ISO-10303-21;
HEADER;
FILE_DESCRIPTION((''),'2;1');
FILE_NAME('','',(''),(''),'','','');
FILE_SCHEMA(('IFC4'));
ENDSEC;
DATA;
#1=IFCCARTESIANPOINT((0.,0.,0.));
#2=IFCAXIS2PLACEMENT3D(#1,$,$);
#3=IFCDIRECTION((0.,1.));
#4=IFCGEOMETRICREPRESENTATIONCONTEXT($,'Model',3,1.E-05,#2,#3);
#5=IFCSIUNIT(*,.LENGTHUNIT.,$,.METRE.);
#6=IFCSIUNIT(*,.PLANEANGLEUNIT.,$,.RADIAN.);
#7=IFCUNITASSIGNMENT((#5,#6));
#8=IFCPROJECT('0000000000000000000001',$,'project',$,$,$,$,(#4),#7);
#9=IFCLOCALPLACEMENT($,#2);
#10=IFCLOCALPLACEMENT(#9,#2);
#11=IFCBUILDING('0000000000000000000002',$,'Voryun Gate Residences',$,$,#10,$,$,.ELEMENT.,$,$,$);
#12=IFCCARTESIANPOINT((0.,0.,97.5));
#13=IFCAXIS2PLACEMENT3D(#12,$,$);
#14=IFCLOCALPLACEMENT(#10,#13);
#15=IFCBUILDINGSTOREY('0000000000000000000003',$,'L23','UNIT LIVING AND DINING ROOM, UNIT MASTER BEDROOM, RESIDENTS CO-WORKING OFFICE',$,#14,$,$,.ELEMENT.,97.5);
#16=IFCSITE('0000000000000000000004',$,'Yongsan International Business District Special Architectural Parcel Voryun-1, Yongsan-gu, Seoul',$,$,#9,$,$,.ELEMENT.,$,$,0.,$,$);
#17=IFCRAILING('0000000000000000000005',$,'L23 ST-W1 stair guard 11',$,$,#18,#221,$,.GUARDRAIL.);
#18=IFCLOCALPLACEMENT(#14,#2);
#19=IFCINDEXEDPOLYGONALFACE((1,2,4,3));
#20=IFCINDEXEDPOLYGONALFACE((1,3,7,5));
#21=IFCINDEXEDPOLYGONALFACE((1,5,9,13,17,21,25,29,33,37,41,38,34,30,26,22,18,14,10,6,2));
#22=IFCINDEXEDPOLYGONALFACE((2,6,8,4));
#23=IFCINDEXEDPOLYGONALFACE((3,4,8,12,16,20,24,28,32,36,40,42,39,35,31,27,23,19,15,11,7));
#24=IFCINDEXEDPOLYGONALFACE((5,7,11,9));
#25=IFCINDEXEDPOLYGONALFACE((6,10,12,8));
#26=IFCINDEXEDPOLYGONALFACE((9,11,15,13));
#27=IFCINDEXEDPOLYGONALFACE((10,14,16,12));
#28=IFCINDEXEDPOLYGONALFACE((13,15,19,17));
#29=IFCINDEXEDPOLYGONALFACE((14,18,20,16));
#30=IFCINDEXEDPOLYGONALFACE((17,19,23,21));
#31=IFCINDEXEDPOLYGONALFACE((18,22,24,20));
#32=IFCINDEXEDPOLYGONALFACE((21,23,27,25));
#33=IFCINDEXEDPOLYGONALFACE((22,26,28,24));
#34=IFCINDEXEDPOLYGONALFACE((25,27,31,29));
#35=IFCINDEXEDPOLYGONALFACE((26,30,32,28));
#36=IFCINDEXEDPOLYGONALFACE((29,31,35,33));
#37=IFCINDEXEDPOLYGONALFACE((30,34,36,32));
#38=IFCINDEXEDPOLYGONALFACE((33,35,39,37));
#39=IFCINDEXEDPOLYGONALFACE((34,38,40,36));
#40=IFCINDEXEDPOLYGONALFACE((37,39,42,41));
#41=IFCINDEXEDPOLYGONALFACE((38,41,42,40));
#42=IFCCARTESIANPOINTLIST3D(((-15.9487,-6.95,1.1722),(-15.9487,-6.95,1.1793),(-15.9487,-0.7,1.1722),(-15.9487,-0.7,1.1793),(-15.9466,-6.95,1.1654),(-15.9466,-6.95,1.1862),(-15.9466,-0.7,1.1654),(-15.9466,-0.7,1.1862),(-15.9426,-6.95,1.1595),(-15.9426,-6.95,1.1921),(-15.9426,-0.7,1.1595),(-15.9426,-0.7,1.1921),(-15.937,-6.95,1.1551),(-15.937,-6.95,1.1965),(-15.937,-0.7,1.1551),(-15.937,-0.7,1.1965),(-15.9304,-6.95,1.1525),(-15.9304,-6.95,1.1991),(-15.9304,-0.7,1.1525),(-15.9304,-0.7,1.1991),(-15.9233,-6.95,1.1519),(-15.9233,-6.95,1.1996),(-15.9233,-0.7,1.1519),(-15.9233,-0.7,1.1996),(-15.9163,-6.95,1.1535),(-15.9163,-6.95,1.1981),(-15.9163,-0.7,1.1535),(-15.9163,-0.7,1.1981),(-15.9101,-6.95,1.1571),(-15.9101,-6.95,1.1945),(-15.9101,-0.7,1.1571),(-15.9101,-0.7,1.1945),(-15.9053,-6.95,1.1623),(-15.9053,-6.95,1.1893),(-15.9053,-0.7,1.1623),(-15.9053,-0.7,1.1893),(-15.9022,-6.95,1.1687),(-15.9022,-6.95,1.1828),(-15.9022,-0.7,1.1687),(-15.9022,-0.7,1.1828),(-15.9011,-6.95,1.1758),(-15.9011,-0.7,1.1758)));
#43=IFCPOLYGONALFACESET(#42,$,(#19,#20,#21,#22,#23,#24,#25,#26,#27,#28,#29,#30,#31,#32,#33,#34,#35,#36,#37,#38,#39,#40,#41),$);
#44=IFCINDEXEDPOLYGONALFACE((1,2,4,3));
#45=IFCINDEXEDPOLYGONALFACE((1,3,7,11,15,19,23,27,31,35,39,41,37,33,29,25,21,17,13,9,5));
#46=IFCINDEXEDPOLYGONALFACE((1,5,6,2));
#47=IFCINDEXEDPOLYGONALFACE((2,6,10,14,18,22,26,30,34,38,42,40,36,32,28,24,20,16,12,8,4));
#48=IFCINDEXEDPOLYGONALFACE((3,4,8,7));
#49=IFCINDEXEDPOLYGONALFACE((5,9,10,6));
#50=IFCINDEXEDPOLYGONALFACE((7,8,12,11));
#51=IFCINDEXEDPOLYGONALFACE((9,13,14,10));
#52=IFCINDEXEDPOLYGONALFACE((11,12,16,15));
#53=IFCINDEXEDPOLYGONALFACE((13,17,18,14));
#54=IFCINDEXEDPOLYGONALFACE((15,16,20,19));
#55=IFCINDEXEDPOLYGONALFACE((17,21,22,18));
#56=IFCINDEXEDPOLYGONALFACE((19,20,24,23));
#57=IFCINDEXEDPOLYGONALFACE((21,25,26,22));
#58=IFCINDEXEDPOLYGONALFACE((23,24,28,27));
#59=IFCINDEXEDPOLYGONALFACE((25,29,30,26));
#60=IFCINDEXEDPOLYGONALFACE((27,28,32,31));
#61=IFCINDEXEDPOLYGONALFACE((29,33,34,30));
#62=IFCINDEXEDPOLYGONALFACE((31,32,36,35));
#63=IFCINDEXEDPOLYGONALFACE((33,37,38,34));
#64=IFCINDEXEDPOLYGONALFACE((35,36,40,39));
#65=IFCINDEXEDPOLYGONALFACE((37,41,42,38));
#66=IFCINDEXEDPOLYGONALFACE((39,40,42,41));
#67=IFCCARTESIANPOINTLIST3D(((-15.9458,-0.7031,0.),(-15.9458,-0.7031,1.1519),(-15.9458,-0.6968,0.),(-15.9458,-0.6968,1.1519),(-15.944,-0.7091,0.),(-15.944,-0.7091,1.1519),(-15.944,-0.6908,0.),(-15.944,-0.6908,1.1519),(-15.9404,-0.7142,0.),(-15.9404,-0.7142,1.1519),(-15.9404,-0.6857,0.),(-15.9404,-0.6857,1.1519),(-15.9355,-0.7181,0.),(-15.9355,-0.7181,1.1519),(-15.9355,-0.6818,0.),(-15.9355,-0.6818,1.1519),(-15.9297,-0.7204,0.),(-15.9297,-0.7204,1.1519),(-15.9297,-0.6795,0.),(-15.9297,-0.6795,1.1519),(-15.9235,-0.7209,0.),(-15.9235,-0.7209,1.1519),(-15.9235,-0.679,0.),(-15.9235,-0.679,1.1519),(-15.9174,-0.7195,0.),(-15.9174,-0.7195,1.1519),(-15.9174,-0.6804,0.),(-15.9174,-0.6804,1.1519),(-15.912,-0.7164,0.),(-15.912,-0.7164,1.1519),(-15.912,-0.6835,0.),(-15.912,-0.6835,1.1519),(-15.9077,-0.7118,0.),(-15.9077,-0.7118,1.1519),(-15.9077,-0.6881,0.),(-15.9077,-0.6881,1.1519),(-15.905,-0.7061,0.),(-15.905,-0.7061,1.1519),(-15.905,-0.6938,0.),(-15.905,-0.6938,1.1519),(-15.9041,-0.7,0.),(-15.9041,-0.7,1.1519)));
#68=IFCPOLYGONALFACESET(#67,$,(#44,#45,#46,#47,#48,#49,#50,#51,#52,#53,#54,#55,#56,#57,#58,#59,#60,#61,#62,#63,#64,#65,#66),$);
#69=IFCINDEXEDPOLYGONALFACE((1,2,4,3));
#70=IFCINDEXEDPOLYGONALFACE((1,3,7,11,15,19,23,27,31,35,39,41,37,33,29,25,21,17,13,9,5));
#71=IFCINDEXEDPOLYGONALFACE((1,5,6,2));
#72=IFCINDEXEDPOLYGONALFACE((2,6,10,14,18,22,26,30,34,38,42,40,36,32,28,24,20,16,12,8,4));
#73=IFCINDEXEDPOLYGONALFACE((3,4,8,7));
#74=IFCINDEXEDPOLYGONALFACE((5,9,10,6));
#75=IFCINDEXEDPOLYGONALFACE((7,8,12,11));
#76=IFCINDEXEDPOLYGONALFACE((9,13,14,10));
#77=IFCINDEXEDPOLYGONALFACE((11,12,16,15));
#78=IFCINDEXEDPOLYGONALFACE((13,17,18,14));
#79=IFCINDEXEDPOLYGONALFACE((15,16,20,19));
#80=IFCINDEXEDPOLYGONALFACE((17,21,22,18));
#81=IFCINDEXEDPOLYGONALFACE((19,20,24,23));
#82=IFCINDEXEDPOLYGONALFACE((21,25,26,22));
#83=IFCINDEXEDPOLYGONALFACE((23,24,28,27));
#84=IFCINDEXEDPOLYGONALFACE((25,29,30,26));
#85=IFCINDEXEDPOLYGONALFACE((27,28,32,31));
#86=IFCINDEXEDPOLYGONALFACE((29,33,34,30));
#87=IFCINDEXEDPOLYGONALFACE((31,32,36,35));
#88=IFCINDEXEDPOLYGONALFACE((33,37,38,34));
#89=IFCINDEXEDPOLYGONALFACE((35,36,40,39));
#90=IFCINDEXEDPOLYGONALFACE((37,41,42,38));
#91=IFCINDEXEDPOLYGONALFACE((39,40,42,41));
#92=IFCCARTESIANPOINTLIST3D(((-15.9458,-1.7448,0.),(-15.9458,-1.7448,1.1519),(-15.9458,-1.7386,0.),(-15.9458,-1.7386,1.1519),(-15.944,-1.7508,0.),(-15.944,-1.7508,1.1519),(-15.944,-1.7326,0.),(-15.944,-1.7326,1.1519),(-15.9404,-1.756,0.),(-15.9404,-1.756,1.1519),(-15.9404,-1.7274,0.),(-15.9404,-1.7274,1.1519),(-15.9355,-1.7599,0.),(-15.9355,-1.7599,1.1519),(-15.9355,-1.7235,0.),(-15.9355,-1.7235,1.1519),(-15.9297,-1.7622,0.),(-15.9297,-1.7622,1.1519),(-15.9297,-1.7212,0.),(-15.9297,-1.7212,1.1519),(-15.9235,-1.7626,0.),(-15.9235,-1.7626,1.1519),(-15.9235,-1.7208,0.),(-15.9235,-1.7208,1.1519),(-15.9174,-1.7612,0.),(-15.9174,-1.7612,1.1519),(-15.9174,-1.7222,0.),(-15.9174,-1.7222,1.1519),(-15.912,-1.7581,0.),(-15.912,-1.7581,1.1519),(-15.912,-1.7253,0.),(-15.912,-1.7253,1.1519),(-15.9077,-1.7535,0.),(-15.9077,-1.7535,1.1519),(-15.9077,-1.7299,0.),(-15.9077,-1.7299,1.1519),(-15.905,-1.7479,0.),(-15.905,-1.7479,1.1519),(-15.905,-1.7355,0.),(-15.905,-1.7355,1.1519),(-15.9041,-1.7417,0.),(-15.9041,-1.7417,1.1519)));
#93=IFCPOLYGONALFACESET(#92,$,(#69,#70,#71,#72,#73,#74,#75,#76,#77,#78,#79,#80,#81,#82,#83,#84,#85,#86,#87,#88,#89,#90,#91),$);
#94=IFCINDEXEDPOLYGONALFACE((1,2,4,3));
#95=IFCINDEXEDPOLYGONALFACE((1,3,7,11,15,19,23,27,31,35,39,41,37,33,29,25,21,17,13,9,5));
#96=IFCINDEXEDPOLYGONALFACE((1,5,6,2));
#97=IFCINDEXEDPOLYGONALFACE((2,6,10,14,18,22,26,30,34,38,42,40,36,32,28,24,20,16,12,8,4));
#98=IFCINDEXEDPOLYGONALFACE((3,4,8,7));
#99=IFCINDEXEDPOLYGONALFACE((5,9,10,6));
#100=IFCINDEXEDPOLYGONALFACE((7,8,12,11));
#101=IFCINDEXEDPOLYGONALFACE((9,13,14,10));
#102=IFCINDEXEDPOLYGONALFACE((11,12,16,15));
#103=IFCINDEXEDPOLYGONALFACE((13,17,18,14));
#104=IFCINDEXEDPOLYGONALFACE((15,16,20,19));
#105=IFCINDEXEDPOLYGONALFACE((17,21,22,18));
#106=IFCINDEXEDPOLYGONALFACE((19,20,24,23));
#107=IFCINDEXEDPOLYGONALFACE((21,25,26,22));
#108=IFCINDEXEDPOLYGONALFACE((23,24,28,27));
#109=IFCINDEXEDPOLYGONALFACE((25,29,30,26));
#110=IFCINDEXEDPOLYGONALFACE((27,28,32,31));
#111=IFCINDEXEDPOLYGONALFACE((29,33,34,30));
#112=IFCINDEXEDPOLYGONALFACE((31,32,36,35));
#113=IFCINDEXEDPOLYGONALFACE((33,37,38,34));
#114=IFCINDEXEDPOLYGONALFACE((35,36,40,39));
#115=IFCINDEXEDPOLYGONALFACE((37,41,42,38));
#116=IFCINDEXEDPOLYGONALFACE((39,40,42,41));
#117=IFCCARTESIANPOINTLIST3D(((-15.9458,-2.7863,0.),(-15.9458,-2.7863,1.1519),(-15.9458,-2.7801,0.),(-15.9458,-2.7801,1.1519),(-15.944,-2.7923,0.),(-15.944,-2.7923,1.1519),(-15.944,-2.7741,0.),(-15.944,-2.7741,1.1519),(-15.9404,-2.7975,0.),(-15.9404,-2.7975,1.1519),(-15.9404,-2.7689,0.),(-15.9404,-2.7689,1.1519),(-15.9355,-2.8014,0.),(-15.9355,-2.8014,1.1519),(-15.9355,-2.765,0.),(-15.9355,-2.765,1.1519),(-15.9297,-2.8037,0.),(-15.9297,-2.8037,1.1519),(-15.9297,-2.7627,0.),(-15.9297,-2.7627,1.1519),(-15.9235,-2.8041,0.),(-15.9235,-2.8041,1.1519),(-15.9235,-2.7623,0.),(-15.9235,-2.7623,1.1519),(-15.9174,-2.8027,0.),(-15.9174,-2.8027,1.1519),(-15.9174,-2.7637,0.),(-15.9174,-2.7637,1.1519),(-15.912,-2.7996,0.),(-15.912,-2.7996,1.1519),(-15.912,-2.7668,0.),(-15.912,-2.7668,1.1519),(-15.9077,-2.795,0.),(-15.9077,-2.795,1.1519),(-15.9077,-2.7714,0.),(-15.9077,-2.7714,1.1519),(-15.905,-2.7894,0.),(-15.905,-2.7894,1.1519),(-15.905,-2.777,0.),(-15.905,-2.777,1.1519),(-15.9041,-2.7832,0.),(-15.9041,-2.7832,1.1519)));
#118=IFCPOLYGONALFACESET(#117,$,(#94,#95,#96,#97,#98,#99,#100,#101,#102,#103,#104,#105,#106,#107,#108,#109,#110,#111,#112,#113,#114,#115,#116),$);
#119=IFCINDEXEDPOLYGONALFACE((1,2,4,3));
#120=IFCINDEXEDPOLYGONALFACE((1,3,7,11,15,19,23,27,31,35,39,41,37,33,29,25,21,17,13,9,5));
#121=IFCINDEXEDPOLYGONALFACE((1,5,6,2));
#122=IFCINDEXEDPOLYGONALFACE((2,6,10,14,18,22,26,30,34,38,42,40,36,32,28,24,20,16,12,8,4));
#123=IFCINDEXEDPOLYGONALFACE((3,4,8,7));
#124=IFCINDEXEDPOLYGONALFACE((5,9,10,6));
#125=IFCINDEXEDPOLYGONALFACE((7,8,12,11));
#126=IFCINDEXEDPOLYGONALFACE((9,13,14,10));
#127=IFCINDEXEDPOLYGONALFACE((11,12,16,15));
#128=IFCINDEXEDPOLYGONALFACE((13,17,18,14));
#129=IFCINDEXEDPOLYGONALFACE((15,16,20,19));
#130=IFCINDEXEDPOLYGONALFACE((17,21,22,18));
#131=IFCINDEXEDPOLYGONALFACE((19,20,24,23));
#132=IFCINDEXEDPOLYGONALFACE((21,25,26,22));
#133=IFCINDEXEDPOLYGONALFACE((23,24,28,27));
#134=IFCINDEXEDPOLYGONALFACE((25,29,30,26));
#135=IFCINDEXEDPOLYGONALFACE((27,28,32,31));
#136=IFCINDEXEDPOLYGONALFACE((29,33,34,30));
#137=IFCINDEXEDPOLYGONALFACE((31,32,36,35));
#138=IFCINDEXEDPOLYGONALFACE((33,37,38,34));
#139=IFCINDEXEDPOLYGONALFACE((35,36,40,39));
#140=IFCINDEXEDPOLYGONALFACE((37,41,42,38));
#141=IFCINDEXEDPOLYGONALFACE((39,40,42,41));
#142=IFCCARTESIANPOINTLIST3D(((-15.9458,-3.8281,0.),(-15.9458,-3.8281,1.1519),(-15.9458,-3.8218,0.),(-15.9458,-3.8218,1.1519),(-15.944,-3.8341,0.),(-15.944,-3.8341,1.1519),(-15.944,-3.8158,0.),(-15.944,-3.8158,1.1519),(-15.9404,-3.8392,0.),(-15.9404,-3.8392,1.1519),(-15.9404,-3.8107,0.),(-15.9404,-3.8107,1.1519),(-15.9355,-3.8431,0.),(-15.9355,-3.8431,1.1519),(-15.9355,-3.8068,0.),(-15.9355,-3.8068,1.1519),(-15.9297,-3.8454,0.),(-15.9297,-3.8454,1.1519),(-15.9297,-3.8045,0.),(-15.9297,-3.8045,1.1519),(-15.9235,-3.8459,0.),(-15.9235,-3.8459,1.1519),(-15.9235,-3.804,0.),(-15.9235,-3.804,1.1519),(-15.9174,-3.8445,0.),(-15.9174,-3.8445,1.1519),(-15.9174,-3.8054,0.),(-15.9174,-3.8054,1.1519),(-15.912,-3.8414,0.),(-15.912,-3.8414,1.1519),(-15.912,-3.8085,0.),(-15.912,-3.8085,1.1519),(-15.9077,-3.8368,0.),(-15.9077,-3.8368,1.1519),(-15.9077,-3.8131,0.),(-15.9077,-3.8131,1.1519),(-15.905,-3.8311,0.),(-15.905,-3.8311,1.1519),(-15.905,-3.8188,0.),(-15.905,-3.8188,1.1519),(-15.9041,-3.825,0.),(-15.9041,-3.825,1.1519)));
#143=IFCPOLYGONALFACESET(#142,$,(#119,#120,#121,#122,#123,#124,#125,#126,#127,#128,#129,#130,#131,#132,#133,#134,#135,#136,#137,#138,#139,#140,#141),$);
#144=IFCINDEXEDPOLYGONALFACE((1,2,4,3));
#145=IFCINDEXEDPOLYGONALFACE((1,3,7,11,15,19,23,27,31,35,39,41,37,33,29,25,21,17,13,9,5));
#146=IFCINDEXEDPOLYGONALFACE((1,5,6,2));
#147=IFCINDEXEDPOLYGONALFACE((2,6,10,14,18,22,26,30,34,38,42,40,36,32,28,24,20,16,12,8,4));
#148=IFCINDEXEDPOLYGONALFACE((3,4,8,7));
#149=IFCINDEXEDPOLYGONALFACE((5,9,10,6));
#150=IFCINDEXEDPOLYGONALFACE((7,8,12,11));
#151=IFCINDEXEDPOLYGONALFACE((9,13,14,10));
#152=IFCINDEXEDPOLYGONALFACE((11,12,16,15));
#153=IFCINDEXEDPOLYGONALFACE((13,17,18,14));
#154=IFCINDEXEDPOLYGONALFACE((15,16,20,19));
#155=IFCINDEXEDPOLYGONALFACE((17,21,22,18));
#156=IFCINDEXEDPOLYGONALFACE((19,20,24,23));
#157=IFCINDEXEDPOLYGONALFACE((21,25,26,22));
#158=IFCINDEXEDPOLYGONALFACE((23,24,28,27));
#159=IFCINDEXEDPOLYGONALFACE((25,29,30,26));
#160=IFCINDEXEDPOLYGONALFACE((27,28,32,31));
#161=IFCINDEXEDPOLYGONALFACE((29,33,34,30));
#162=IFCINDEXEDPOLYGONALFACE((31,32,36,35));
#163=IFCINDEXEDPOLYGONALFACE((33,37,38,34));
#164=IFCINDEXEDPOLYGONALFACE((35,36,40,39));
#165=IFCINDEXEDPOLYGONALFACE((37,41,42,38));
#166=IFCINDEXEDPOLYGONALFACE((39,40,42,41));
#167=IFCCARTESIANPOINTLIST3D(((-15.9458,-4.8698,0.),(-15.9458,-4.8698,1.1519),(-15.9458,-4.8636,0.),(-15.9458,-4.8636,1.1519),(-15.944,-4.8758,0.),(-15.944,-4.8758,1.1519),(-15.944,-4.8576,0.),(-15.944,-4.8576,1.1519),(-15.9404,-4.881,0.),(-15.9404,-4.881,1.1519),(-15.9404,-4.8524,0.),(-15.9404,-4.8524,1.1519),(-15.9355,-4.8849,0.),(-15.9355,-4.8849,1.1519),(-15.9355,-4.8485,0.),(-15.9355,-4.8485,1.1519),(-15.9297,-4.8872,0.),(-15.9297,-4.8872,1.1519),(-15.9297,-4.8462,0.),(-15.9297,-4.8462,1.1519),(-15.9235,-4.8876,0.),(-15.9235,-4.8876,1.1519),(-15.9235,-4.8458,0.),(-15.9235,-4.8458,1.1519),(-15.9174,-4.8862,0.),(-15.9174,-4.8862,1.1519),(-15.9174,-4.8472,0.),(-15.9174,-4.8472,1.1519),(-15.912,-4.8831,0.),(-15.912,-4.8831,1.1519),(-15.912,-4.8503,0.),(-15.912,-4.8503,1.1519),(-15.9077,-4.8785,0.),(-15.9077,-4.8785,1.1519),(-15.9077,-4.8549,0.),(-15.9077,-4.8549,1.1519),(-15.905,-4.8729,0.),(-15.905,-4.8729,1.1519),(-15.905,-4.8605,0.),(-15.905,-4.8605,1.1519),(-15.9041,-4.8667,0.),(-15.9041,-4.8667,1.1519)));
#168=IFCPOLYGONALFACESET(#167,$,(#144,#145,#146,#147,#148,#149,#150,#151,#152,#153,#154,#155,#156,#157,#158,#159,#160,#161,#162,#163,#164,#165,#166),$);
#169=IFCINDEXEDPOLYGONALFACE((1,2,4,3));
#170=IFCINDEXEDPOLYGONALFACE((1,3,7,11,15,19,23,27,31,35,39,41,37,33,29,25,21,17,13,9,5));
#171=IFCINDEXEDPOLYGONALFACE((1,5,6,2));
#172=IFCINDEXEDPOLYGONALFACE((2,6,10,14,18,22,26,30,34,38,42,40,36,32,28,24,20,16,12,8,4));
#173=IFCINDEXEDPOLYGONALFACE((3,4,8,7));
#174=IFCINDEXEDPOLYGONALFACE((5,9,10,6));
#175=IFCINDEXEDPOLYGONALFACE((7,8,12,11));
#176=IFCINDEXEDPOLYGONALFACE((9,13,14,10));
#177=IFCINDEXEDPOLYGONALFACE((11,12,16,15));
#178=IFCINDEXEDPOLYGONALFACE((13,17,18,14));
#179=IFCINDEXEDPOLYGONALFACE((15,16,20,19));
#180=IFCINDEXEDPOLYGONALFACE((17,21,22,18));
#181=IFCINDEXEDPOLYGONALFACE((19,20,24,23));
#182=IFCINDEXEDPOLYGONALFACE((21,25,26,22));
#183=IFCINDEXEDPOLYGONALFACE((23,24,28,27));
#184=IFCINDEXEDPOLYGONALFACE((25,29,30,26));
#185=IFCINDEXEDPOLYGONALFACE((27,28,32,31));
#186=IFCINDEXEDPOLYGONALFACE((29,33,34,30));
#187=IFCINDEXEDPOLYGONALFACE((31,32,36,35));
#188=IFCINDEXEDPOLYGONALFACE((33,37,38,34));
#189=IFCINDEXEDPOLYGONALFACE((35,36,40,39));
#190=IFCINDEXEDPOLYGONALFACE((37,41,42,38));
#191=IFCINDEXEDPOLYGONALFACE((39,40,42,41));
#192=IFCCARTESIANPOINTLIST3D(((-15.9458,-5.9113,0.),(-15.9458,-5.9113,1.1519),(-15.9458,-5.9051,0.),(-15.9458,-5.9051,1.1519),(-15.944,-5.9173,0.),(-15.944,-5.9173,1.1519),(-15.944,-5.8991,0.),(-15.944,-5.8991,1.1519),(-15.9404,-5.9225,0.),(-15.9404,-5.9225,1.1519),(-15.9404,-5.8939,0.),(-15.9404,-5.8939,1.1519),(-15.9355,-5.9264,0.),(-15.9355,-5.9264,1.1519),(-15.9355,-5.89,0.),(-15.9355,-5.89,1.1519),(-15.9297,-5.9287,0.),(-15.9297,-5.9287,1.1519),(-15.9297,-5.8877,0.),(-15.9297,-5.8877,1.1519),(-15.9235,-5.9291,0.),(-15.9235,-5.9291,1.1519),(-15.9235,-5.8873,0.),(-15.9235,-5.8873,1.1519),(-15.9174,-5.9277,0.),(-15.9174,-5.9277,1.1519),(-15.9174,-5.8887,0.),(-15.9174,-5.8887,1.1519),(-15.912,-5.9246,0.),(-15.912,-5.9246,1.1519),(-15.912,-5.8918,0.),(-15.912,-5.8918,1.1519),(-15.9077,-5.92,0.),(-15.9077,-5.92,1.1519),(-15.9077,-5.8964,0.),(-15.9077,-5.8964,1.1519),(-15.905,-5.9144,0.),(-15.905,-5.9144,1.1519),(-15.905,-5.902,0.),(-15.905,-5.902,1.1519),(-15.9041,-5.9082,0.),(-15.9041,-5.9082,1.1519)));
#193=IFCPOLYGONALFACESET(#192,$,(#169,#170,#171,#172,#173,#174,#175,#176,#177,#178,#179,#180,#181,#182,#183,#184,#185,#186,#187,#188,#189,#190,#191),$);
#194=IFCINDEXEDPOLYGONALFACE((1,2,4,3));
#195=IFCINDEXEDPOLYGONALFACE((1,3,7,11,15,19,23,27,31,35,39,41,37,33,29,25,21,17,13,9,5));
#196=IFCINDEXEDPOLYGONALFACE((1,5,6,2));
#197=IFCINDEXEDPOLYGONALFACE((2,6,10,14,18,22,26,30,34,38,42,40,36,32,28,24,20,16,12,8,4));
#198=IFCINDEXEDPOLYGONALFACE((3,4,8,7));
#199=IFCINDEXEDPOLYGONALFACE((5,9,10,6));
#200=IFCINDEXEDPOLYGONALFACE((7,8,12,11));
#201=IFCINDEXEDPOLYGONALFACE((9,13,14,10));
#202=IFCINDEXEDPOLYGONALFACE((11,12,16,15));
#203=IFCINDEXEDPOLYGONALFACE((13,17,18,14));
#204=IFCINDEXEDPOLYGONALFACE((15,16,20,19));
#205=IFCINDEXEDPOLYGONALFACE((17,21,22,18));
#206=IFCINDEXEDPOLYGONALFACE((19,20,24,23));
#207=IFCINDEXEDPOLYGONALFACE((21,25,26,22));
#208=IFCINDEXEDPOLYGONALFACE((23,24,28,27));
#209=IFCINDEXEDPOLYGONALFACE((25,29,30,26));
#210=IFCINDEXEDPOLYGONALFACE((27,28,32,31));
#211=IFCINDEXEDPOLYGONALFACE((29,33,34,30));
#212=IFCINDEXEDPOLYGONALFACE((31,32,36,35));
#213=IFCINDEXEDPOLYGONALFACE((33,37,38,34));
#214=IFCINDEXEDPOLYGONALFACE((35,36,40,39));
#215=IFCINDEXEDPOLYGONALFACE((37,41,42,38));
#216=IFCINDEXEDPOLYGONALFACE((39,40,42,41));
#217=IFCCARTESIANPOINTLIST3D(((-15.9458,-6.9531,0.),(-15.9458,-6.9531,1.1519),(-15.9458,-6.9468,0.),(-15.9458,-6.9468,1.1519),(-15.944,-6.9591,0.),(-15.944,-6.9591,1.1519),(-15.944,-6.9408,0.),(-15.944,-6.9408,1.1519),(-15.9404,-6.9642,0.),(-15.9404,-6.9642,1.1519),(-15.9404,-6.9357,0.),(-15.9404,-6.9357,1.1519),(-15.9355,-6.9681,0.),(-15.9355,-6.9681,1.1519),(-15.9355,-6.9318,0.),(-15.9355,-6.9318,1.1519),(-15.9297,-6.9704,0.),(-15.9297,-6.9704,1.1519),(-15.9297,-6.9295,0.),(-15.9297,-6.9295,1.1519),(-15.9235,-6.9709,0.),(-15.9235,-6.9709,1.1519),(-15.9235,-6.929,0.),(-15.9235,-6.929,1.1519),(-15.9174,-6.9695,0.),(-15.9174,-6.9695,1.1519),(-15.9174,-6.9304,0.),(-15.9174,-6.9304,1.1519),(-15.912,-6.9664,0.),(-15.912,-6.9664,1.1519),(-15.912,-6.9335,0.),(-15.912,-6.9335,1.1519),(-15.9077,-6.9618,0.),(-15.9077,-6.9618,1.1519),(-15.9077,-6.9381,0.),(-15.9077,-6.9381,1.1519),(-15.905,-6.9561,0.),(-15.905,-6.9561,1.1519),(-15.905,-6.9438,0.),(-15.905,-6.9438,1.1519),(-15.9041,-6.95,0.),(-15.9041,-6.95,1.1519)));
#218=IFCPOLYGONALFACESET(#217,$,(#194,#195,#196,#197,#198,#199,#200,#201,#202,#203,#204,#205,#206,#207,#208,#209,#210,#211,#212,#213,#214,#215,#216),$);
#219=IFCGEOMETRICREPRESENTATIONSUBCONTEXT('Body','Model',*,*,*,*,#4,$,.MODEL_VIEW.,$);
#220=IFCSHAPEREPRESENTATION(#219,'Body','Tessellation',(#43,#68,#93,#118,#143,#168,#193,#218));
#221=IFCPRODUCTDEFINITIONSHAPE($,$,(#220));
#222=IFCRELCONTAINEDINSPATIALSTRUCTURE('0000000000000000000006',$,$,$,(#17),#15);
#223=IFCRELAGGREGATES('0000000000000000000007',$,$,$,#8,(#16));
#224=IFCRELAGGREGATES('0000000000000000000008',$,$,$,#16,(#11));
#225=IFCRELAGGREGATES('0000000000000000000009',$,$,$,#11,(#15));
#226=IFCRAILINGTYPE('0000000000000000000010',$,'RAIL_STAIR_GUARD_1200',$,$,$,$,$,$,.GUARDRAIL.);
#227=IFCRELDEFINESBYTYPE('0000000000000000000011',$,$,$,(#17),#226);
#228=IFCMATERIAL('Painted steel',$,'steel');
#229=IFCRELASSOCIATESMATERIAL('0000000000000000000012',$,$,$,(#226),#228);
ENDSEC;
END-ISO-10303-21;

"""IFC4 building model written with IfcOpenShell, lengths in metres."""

from ifc_helpers import new_model, si_unit, direction, frame, origin, origin_2d, place, context, subcontext, project, spatial, circle, extrude, material, type_object, element, save


model = new_model("IFC4")

# Units and contexts
model_context = context("Model", 3, precision=1e-05, world=origin(), true_north=direction((0.0, 1.0)))
body_context = subcontext(model_context, "Body", "Model", "MODEL_VIEW")
ifc_project = project(units=[si_unit("LENGTHUNIT", "METRE"), si_unit("PLANEANGLEUNIT", "RADIAN")], contexts=[model_context])

# Site, building, storey
site_placement = place(None, origin())
site = spatial("IfcSite", under=ifc_project, at=site_placement, Name="Yongsan International Business District Special Architectural Parcel Voryun-1, Yongsan-gu, Seoul", CompositionType="ELEMENT", RefElevation=0.0)
building_placement = place(site_placement, origin())
building = spatial("IfcBuilding", under=site, at=building_placement, Name="Voryun Gate Residences", CompositionType="ELEMENT")
storey_placement = place(building_placement, frame((0.0, 0.0, 97.5)))
storey = spatial("IfcBuildingStorey", under=building, at=storey_placement, Name="L23", Description="UNIT LIVING AND DINING ROOM, UNIT MASTER BEDROOM, RESIDENTS CO-WORKING OFFICE", CompositionType="ELEMENT", Elevation=97.5)

# Railing
ifc_material_1 = material(Name="Painted steel", Category="steel")
railing_type = type_object("IfcRailingType", Name="RAIL_STAIR_GUARD_1200", PredefinedType="GUARDRAIL", material=ifc_material_1)
railing_1_placement = place(storey_placement, frame((-15.925, -0.7, 0.0)))
element("IfcRailing", 1, at=railing_1_placement, inside=storey, type_object=railing_type, Name="L23 ST-W1 stair guard 11", PredefinedType="GUARDRAIL", context=body_context, shape_type="SweptSolid", body=[
    extrude(circle(Radius=0.0239, at=origin_2d()), frame((0.0, 0.0, 1.1758), z_axis=(0.0, -1.0, 0.0), x_axis=(1.0, 0.0, 0.0)), (0.0, 0.0, 1.0), 6.25),
    extrude(circle(Radius=0.021, at=origin_2d()), origin(), (0.0, 0.0, 1.0), 1.1519),
    extrude(circle(Radius=0.021, at=origin_2d()), frame((0.0, -1.0417, 0.0)), (0.0, 0.0, 1.0), 1.1519),
    extrude(circle(Radius=0.021, at=origin_2d()), frame((0.0, -2.0833, 0.0)), (0.0, 0.0, 1.0), 1.1519),
    extrude(circle(Radius=0.021, at=origin_2d()), frame((0.0, -3.125, 0.0)), (0.0, 0.0, 1.0), 1.1519),
    extrude(circle(Radius=0.021, at=origin_2d()), frame((0.0, -4.1667, 0.0)), (0.0, 0.0, 1.0), 1.1519),
    extrude(circle(Radius=0.021, at=origin_2d()), frame((0.0, -5.2083, 0.0)), (0.0, 0.0, 1.0), 1.1519),
    extrude(circle(Radius=0.021, at=origin_2d()), frame((0.0, -6.25, 0.0)), (0.0, 0.0, 1.0), 1.1519),
])

save(model, "model.ifc")
